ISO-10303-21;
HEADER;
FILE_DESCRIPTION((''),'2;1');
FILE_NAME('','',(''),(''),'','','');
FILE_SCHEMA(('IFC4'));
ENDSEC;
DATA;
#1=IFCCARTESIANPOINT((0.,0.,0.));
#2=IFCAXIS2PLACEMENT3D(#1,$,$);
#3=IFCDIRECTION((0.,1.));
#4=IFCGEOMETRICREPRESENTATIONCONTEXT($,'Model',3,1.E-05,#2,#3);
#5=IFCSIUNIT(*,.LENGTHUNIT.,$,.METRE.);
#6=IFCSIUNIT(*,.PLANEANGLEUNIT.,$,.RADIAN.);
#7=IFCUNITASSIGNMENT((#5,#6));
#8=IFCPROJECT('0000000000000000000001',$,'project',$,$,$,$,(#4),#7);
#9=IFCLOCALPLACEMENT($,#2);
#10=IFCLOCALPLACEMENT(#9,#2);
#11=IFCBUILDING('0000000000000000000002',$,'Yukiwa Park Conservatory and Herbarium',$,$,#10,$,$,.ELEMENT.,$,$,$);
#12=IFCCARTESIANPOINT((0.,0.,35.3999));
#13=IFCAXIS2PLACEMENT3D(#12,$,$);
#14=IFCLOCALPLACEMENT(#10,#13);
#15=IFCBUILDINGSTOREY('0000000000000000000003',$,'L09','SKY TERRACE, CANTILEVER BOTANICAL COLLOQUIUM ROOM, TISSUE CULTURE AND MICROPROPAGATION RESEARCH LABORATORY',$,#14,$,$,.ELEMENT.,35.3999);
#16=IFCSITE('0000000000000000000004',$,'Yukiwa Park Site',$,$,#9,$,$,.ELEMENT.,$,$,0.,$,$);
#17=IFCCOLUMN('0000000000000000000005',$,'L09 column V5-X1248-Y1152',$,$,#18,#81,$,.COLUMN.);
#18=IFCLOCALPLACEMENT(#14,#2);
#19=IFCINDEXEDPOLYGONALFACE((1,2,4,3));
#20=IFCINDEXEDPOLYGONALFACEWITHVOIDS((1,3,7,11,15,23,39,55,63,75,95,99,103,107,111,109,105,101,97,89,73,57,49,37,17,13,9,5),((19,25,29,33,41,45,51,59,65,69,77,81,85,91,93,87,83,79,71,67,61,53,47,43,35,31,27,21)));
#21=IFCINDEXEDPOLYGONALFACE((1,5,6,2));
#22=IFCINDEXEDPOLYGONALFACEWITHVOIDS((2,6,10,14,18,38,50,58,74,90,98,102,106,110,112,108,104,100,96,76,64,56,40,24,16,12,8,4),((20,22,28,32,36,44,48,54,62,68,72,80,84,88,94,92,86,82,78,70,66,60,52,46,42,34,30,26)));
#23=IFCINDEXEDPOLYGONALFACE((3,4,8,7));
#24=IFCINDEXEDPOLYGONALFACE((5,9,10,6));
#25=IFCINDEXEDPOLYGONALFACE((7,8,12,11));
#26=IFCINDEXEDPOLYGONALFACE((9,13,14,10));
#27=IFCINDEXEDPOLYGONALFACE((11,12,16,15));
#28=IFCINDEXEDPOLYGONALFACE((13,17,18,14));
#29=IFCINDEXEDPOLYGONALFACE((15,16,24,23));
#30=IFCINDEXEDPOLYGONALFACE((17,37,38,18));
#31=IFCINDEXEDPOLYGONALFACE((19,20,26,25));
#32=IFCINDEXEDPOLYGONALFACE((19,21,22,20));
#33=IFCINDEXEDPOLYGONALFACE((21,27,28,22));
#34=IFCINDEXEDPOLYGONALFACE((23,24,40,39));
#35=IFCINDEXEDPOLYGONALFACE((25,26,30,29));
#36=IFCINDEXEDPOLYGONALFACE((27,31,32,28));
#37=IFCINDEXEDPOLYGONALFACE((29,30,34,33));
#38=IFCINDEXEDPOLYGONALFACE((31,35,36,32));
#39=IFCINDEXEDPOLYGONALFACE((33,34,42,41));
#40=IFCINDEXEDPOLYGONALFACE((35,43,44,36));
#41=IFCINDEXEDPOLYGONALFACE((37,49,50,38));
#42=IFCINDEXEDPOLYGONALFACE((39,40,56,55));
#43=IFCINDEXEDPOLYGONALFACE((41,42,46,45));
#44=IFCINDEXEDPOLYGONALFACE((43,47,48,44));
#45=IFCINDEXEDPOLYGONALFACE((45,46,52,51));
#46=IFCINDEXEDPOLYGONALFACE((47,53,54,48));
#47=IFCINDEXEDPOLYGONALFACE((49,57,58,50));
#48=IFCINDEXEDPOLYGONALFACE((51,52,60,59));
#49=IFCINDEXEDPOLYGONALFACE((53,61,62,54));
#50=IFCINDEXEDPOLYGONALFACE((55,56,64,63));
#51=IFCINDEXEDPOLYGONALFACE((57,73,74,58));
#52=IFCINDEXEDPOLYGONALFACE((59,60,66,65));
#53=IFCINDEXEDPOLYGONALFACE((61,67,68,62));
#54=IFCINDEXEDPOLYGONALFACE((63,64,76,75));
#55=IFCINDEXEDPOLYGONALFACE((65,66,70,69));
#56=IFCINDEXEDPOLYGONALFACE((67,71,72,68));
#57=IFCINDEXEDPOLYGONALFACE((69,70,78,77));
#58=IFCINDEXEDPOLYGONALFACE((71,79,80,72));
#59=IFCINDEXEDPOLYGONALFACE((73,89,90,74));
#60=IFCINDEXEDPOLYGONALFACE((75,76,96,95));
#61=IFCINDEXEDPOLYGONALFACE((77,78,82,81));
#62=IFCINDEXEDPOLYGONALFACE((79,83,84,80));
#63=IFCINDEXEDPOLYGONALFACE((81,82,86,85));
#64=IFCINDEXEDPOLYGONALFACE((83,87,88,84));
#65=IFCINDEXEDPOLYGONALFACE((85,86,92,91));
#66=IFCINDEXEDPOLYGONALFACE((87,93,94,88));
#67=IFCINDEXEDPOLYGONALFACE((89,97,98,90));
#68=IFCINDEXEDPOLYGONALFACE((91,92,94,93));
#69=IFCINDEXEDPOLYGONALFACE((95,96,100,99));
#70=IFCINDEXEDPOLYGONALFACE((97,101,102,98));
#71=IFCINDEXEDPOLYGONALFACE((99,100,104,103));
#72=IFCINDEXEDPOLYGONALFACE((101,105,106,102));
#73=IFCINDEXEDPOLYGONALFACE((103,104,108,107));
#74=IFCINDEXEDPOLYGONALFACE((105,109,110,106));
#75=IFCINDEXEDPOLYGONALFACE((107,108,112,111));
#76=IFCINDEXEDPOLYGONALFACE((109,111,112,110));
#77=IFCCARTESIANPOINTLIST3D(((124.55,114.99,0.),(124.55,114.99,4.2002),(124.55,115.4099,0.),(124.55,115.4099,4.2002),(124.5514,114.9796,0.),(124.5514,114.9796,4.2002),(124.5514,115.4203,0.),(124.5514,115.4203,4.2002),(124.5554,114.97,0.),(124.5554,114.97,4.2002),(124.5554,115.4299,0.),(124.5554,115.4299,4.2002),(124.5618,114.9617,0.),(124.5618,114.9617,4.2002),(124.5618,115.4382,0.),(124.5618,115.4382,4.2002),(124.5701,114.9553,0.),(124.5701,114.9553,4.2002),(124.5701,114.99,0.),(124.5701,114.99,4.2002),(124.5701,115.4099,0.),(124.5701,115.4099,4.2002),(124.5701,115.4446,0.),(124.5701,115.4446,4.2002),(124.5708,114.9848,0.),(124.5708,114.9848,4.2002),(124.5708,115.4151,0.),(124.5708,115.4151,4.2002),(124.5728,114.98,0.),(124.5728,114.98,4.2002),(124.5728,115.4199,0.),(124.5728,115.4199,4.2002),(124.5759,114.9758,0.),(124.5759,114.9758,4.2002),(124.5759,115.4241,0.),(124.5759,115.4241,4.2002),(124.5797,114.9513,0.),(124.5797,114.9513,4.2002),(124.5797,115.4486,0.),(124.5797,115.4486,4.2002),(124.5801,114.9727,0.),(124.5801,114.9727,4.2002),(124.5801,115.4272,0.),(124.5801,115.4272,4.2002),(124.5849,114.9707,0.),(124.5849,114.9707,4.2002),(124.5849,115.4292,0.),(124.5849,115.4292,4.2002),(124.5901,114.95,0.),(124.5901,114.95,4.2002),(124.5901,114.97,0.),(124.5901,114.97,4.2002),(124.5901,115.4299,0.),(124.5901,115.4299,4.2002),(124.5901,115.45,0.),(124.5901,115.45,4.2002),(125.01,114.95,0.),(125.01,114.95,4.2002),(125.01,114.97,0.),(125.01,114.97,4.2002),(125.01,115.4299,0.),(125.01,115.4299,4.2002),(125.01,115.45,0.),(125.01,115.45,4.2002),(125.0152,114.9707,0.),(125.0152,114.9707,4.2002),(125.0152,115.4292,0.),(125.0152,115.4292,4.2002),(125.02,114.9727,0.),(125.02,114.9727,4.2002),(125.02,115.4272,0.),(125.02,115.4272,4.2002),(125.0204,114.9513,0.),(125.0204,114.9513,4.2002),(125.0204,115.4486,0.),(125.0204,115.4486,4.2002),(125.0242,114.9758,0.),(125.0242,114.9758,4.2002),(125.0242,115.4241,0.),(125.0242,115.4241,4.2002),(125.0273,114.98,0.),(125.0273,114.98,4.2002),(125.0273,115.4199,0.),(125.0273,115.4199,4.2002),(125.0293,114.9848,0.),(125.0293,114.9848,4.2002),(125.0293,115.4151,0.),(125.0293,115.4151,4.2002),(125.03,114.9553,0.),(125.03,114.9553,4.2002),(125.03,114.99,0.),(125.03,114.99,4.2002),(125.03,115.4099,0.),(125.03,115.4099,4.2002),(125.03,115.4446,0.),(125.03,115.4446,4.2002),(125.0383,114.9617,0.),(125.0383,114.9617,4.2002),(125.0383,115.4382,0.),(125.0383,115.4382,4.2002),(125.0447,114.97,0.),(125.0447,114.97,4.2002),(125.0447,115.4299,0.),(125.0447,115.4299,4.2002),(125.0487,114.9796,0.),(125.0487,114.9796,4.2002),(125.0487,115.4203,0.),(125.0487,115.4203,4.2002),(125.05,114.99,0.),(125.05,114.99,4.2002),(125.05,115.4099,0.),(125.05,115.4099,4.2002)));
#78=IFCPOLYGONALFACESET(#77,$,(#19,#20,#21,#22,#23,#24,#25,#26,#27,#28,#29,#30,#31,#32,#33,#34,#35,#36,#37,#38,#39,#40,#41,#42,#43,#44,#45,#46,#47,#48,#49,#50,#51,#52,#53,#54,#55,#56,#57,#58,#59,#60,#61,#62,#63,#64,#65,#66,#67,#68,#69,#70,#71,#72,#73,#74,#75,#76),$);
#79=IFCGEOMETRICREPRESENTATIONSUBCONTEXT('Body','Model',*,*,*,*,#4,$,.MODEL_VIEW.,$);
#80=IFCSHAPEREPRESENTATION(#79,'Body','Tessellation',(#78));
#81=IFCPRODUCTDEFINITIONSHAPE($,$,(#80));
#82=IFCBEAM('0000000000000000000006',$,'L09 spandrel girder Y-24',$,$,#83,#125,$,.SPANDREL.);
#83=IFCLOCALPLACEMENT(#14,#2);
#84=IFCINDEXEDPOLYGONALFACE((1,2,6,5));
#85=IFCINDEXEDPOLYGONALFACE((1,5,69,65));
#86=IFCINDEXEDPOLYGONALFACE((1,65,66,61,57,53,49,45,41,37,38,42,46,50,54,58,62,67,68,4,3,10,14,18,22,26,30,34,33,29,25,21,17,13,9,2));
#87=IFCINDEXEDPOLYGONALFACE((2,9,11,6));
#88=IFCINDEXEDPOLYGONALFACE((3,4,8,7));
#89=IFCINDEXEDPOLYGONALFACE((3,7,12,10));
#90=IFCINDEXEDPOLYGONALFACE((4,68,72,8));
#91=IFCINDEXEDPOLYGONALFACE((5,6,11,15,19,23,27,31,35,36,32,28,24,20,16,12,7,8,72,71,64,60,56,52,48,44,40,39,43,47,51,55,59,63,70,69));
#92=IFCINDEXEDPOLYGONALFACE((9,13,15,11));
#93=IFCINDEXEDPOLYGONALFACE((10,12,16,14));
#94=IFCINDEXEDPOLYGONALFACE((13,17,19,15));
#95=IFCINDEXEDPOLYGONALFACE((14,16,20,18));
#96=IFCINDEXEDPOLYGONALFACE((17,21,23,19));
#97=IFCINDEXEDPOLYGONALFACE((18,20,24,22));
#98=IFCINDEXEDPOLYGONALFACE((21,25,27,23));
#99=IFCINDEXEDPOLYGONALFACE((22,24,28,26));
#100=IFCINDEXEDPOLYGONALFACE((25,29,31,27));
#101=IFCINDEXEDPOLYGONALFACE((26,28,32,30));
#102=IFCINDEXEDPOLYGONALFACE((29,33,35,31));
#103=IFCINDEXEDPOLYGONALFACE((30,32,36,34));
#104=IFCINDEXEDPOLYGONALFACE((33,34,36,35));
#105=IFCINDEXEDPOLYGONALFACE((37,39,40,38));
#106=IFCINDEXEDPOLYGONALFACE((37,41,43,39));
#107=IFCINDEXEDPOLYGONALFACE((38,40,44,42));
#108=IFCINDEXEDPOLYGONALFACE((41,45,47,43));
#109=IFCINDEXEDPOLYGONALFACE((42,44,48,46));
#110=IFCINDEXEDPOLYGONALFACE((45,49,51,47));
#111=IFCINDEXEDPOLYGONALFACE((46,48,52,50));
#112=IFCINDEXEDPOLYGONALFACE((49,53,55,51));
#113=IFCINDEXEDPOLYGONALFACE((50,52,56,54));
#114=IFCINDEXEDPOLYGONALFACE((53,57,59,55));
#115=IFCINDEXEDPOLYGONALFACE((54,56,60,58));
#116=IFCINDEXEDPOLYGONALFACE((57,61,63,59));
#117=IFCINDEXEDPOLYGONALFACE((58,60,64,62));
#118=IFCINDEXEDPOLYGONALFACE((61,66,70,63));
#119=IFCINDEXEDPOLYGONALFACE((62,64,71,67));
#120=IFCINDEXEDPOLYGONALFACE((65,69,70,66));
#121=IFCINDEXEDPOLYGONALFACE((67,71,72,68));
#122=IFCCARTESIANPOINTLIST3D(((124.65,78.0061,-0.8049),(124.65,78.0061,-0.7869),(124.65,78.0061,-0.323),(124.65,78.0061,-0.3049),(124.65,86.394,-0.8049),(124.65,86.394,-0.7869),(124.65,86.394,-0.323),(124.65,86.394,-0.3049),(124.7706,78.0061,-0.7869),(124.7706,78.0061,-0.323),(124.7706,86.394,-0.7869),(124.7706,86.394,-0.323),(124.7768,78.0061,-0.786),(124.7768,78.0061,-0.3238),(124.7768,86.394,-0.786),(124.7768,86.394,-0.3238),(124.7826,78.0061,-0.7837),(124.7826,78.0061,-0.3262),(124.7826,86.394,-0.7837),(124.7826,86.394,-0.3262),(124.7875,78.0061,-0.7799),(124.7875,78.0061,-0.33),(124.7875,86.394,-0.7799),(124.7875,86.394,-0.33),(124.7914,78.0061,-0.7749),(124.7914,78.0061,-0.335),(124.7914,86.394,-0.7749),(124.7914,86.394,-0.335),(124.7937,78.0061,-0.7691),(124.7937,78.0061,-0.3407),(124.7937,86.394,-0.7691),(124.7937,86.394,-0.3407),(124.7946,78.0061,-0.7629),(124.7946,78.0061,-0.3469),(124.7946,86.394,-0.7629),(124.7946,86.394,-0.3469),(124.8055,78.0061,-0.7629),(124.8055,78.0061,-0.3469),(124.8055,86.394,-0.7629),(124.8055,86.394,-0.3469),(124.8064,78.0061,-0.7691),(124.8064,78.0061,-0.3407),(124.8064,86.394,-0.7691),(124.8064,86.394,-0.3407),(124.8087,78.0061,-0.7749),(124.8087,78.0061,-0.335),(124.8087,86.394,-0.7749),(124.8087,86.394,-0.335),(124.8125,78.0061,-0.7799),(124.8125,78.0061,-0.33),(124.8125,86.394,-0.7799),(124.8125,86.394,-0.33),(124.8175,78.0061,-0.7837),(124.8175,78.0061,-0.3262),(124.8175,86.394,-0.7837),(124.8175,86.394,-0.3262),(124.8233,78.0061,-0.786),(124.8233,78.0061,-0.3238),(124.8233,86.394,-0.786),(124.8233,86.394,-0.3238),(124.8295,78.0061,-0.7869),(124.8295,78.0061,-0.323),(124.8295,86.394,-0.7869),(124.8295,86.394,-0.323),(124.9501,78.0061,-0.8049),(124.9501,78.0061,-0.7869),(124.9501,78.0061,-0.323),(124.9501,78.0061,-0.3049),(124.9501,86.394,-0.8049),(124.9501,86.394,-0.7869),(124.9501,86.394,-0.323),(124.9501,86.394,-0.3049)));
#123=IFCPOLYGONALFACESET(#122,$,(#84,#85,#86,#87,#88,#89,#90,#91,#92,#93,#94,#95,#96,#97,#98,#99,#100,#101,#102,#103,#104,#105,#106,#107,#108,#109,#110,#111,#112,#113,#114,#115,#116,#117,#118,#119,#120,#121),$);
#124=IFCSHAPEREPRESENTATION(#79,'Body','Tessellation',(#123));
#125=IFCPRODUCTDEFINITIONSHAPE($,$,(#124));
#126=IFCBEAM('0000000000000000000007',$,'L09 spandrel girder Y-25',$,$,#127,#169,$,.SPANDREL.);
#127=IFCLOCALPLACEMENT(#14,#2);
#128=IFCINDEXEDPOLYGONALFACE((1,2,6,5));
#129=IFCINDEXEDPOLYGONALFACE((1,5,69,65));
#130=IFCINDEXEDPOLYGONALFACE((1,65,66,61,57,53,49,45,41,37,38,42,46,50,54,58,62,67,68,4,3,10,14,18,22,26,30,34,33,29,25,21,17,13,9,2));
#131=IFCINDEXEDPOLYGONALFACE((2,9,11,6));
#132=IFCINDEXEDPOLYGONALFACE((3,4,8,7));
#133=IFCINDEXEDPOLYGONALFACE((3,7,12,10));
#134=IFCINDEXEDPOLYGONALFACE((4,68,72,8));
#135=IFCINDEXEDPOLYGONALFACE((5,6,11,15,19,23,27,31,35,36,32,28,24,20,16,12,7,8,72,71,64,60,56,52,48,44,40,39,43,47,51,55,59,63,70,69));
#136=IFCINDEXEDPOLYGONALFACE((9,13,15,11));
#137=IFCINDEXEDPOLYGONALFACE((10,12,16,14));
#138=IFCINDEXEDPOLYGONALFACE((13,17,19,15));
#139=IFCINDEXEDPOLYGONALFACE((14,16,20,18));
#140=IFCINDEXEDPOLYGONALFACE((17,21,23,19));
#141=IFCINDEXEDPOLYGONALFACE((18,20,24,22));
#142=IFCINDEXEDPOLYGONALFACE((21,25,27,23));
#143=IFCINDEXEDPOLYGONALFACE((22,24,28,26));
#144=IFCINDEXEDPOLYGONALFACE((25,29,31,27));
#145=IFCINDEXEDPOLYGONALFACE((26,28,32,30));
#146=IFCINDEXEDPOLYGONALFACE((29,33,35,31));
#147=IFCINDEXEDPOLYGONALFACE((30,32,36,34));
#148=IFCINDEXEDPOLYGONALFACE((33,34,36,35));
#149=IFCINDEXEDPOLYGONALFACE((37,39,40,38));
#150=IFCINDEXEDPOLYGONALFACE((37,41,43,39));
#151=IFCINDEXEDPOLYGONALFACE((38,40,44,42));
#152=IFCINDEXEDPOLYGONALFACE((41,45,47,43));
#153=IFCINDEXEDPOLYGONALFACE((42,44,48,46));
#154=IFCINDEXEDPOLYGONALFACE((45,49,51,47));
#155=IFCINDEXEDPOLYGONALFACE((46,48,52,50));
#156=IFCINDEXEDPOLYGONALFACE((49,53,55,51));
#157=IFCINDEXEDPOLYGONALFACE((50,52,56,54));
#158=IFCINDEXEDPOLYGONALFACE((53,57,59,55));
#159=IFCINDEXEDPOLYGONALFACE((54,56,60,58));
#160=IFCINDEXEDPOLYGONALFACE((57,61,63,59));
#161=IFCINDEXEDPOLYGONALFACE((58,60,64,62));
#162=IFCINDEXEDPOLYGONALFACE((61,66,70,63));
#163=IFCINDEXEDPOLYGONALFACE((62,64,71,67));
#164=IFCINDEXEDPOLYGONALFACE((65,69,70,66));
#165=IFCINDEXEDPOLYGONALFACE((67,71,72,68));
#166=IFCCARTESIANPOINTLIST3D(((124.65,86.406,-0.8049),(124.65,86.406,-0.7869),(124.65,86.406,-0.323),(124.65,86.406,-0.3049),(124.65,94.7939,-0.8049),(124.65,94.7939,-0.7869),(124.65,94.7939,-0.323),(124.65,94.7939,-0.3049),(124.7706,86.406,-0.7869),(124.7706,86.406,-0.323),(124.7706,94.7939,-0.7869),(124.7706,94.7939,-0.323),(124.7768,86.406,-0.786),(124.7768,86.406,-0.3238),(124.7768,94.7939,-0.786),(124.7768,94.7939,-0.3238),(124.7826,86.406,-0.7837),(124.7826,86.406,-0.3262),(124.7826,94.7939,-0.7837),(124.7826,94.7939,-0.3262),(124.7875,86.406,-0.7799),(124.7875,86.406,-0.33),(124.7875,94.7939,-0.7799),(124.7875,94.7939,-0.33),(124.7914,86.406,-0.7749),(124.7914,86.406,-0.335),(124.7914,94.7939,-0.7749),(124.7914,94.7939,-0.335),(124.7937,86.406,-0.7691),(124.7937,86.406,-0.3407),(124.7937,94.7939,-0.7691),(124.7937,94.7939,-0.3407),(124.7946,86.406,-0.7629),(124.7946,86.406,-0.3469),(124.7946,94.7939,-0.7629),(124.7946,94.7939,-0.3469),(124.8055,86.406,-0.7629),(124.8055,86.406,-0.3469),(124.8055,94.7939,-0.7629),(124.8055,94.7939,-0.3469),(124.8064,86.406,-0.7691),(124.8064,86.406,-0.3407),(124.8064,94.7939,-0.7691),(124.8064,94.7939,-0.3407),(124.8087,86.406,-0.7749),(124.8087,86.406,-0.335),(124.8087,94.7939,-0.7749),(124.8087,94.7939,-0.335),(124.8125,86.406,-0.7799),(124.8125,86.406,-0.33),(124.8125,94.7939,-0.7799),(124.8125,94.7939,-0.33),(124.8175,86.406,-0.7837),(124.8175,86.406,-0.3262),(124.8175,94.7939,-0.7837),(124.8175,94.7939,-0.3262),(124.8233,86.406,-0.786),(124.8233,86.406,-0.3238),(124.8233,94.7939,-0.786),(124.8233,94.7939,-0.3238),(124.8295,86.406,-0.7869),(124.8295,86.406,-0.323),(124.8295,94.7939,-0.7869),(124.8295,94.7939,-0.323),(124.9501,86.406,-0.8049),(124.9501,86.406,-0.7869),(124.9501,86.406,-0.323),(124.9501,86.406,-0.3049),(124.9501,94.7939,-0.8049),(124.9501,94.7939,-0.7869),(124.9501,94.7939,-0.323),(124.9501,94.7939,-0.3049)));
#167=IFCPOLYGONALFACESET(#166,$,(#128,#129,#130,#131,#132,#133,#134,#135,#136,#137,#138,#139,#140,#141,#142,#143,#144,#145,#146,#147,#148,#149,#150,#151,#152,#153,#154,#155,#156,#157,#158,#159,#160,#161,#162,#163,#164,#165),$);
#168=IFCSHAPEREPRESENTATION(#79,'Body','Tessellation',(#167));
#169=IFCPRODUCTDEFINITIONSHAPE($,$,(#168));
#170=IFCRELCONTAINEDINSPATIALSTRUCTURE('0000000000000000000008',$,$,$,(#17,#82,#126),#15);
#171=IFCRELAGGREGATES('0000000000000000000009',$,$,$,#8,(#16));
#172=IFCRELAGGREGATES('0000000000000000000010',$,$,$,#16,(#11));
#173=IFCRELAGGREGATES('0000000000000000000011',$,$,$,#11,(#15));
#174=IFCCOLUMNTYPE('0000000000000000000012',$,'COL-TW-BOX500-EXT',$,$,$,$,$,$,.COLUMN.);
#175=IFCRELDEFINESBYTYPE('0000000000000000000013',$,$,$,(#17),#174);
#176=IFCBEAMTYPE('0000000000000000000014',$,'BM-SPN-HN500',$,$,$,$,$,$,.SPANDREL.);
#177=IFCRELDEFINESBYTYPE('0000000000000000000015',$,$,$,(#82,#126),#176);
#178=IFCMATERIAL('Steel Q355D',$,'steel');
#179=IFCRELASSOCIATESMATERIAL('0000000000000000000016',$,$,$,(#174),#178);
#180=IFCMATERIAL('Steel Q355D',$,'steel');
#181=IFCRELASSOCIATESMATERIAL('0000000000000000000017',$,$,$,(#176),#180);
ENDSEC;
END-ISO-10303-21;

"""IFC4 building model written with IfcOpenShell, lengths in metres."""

from ifc_helpers import new_model, si_unit, direction, frame, origin, origin_2d, place, context, subcontext, project, spatial, hollow_rectangle, i_section, extrude, material, material_profile, profile_set, type_object, element, save


model = new_model("IFC4")

# Units and contexts
model_context = context("Model", 3, precision=1e-05, world=origin(), true_north=direction((0.0, 1.0)))
body_context = subcontext(model_context, "Body", "Model", "MODEL_VIEW")
ifc_project = project(units=[si_unit("LENGTHUNIT", "METRE"), si_unit("PLANEANGLEUNIT", "RADIAN")], contexts=[model_context])

# Site, building, storey
site_placement = place(None, origin())
site = spatial("IfcSite", under=ifc_project, at=site_placement, Name="Yukiwa Park Site", CompositionType="ELEMENT", RefElevation=0.0)
building_placement = place(site_placement, origin())
building = spatial("IfcBuilding", under=site, at=building_placement, Name="Yukiwa Park Conservatory and Herbarium", CompositionType="ELEMENT")
storey_placement = place(building_placement, frame((0.0, 0.0, 35.3999)))
storey = spatial("IfcBuildingStorey", under=building, at=storey_placement, Name="L09", Description="SKY TERRACE, CANTILEVER BOTANICAL COLLOQUIUM ROOM, TISSUE CULTURE AND MICROPROPAGATION RESEARCH LABORATORY", CompositionType="ELEMENT", Elevation=35.3999)

# Column
ifc_material_1 = material(Name="Steel Q355D", Category="steel")
ifc_material_profile_1 = material_profile(ifc_material_1, hollow_rectangle(XDim=0.5, YDim=0.5, WallThickness=0.02, InnerFilletRadius=0.02, OuterFilletRadius=0.04, at=origin_2d()), Name="BOX 500x500x20")
ifc_profile_set_1 = profile_set([ifc_material_profile_1], Name="Steel Q355D")
column_type = type_object("IfcColumnType", Name="COL-TW-BOX500-EXT", PredefinedType="COLUMN", material=ifc_profile_set_1)
for number, where, z_axis, x_axis, name in (
    (1, (124.8, 115.2, 0.0), (0.0, 0.0, 1.0), (1.0, 0.0, 0.0), "L09 column V5-X1248-Y1152"),
):
    element("IfcColumn", number, at=place(storey_placement, frame(where, z_axis=z_axis, x_axis=x_axis)), inside=storey, type_object=column_type, Name=name, PredefinedType="COLUMN", context=body_context, shape_type="SweptSolid", body=[
        extrude(hollow_rectangle(XDim=0.5, YDim=0.5, WallThickness=0.02, InnerFilletRadius=0.02, OuterFilletRadius=0.04, at=origin_2d()), origin(), (0.0, 0.0, 1.0), 4.2002),
    ])

# Beams
ifc_material_2 = material(Name="Steel Q355D", Category="steel")
ifc_material_profile_2 = material_profile(ifc_material_2, i_section(OverallWidth=0.3, OverallDepth=0.5, WebThickness=0.011, FlangeThickness=0.0181, FilletRadius=0.0239, at=origin_2d()), Name="HM 500x300x11x18")
ifc_profile_set_2 = profile_set([ifc_material_profile_2], Name="Steel Q355D")
beam_type_1 = type_object("IfcBeamType", Name="BM-SPN-HN500", PredefinedType="SPANDREL", material=ifc_profile_set_2)
for number, where, z_axis, x_axis, name in (
    (2, (124.8, 78.0061, -0.5549), (0.0, 1.0, 0.0), (-1.0, 0.0, 0.0), "L09 spandrel girder Y-24"),
    (3, (124.8, 86.406, -0.5549), (0.0, 1.0, 0.0), (-1.0, 0.0, 0.0), "L09 spandrel girder Y-25"),
):
    element("IfcBeam", number, at=place(storey_placement, frame(where, z_axis=z_axis, x_axis=x_axis)), inside=storey, type_object=beam_type_1, Name=name, PredefinedType="SPANDREL", context=body_context, shape_type="SweptSolid", body=[
        extrude(i_section(OverallWidth=0.3, OverallDepth=0.5, WebThickness=0.011, FlangeThickness=0.0181, FilletRadius=0.0239, at=origin_2d()), origin(), (0.0, 0.0, 1.0), 8.3879),
    ])

save(model, "model.ifc")
